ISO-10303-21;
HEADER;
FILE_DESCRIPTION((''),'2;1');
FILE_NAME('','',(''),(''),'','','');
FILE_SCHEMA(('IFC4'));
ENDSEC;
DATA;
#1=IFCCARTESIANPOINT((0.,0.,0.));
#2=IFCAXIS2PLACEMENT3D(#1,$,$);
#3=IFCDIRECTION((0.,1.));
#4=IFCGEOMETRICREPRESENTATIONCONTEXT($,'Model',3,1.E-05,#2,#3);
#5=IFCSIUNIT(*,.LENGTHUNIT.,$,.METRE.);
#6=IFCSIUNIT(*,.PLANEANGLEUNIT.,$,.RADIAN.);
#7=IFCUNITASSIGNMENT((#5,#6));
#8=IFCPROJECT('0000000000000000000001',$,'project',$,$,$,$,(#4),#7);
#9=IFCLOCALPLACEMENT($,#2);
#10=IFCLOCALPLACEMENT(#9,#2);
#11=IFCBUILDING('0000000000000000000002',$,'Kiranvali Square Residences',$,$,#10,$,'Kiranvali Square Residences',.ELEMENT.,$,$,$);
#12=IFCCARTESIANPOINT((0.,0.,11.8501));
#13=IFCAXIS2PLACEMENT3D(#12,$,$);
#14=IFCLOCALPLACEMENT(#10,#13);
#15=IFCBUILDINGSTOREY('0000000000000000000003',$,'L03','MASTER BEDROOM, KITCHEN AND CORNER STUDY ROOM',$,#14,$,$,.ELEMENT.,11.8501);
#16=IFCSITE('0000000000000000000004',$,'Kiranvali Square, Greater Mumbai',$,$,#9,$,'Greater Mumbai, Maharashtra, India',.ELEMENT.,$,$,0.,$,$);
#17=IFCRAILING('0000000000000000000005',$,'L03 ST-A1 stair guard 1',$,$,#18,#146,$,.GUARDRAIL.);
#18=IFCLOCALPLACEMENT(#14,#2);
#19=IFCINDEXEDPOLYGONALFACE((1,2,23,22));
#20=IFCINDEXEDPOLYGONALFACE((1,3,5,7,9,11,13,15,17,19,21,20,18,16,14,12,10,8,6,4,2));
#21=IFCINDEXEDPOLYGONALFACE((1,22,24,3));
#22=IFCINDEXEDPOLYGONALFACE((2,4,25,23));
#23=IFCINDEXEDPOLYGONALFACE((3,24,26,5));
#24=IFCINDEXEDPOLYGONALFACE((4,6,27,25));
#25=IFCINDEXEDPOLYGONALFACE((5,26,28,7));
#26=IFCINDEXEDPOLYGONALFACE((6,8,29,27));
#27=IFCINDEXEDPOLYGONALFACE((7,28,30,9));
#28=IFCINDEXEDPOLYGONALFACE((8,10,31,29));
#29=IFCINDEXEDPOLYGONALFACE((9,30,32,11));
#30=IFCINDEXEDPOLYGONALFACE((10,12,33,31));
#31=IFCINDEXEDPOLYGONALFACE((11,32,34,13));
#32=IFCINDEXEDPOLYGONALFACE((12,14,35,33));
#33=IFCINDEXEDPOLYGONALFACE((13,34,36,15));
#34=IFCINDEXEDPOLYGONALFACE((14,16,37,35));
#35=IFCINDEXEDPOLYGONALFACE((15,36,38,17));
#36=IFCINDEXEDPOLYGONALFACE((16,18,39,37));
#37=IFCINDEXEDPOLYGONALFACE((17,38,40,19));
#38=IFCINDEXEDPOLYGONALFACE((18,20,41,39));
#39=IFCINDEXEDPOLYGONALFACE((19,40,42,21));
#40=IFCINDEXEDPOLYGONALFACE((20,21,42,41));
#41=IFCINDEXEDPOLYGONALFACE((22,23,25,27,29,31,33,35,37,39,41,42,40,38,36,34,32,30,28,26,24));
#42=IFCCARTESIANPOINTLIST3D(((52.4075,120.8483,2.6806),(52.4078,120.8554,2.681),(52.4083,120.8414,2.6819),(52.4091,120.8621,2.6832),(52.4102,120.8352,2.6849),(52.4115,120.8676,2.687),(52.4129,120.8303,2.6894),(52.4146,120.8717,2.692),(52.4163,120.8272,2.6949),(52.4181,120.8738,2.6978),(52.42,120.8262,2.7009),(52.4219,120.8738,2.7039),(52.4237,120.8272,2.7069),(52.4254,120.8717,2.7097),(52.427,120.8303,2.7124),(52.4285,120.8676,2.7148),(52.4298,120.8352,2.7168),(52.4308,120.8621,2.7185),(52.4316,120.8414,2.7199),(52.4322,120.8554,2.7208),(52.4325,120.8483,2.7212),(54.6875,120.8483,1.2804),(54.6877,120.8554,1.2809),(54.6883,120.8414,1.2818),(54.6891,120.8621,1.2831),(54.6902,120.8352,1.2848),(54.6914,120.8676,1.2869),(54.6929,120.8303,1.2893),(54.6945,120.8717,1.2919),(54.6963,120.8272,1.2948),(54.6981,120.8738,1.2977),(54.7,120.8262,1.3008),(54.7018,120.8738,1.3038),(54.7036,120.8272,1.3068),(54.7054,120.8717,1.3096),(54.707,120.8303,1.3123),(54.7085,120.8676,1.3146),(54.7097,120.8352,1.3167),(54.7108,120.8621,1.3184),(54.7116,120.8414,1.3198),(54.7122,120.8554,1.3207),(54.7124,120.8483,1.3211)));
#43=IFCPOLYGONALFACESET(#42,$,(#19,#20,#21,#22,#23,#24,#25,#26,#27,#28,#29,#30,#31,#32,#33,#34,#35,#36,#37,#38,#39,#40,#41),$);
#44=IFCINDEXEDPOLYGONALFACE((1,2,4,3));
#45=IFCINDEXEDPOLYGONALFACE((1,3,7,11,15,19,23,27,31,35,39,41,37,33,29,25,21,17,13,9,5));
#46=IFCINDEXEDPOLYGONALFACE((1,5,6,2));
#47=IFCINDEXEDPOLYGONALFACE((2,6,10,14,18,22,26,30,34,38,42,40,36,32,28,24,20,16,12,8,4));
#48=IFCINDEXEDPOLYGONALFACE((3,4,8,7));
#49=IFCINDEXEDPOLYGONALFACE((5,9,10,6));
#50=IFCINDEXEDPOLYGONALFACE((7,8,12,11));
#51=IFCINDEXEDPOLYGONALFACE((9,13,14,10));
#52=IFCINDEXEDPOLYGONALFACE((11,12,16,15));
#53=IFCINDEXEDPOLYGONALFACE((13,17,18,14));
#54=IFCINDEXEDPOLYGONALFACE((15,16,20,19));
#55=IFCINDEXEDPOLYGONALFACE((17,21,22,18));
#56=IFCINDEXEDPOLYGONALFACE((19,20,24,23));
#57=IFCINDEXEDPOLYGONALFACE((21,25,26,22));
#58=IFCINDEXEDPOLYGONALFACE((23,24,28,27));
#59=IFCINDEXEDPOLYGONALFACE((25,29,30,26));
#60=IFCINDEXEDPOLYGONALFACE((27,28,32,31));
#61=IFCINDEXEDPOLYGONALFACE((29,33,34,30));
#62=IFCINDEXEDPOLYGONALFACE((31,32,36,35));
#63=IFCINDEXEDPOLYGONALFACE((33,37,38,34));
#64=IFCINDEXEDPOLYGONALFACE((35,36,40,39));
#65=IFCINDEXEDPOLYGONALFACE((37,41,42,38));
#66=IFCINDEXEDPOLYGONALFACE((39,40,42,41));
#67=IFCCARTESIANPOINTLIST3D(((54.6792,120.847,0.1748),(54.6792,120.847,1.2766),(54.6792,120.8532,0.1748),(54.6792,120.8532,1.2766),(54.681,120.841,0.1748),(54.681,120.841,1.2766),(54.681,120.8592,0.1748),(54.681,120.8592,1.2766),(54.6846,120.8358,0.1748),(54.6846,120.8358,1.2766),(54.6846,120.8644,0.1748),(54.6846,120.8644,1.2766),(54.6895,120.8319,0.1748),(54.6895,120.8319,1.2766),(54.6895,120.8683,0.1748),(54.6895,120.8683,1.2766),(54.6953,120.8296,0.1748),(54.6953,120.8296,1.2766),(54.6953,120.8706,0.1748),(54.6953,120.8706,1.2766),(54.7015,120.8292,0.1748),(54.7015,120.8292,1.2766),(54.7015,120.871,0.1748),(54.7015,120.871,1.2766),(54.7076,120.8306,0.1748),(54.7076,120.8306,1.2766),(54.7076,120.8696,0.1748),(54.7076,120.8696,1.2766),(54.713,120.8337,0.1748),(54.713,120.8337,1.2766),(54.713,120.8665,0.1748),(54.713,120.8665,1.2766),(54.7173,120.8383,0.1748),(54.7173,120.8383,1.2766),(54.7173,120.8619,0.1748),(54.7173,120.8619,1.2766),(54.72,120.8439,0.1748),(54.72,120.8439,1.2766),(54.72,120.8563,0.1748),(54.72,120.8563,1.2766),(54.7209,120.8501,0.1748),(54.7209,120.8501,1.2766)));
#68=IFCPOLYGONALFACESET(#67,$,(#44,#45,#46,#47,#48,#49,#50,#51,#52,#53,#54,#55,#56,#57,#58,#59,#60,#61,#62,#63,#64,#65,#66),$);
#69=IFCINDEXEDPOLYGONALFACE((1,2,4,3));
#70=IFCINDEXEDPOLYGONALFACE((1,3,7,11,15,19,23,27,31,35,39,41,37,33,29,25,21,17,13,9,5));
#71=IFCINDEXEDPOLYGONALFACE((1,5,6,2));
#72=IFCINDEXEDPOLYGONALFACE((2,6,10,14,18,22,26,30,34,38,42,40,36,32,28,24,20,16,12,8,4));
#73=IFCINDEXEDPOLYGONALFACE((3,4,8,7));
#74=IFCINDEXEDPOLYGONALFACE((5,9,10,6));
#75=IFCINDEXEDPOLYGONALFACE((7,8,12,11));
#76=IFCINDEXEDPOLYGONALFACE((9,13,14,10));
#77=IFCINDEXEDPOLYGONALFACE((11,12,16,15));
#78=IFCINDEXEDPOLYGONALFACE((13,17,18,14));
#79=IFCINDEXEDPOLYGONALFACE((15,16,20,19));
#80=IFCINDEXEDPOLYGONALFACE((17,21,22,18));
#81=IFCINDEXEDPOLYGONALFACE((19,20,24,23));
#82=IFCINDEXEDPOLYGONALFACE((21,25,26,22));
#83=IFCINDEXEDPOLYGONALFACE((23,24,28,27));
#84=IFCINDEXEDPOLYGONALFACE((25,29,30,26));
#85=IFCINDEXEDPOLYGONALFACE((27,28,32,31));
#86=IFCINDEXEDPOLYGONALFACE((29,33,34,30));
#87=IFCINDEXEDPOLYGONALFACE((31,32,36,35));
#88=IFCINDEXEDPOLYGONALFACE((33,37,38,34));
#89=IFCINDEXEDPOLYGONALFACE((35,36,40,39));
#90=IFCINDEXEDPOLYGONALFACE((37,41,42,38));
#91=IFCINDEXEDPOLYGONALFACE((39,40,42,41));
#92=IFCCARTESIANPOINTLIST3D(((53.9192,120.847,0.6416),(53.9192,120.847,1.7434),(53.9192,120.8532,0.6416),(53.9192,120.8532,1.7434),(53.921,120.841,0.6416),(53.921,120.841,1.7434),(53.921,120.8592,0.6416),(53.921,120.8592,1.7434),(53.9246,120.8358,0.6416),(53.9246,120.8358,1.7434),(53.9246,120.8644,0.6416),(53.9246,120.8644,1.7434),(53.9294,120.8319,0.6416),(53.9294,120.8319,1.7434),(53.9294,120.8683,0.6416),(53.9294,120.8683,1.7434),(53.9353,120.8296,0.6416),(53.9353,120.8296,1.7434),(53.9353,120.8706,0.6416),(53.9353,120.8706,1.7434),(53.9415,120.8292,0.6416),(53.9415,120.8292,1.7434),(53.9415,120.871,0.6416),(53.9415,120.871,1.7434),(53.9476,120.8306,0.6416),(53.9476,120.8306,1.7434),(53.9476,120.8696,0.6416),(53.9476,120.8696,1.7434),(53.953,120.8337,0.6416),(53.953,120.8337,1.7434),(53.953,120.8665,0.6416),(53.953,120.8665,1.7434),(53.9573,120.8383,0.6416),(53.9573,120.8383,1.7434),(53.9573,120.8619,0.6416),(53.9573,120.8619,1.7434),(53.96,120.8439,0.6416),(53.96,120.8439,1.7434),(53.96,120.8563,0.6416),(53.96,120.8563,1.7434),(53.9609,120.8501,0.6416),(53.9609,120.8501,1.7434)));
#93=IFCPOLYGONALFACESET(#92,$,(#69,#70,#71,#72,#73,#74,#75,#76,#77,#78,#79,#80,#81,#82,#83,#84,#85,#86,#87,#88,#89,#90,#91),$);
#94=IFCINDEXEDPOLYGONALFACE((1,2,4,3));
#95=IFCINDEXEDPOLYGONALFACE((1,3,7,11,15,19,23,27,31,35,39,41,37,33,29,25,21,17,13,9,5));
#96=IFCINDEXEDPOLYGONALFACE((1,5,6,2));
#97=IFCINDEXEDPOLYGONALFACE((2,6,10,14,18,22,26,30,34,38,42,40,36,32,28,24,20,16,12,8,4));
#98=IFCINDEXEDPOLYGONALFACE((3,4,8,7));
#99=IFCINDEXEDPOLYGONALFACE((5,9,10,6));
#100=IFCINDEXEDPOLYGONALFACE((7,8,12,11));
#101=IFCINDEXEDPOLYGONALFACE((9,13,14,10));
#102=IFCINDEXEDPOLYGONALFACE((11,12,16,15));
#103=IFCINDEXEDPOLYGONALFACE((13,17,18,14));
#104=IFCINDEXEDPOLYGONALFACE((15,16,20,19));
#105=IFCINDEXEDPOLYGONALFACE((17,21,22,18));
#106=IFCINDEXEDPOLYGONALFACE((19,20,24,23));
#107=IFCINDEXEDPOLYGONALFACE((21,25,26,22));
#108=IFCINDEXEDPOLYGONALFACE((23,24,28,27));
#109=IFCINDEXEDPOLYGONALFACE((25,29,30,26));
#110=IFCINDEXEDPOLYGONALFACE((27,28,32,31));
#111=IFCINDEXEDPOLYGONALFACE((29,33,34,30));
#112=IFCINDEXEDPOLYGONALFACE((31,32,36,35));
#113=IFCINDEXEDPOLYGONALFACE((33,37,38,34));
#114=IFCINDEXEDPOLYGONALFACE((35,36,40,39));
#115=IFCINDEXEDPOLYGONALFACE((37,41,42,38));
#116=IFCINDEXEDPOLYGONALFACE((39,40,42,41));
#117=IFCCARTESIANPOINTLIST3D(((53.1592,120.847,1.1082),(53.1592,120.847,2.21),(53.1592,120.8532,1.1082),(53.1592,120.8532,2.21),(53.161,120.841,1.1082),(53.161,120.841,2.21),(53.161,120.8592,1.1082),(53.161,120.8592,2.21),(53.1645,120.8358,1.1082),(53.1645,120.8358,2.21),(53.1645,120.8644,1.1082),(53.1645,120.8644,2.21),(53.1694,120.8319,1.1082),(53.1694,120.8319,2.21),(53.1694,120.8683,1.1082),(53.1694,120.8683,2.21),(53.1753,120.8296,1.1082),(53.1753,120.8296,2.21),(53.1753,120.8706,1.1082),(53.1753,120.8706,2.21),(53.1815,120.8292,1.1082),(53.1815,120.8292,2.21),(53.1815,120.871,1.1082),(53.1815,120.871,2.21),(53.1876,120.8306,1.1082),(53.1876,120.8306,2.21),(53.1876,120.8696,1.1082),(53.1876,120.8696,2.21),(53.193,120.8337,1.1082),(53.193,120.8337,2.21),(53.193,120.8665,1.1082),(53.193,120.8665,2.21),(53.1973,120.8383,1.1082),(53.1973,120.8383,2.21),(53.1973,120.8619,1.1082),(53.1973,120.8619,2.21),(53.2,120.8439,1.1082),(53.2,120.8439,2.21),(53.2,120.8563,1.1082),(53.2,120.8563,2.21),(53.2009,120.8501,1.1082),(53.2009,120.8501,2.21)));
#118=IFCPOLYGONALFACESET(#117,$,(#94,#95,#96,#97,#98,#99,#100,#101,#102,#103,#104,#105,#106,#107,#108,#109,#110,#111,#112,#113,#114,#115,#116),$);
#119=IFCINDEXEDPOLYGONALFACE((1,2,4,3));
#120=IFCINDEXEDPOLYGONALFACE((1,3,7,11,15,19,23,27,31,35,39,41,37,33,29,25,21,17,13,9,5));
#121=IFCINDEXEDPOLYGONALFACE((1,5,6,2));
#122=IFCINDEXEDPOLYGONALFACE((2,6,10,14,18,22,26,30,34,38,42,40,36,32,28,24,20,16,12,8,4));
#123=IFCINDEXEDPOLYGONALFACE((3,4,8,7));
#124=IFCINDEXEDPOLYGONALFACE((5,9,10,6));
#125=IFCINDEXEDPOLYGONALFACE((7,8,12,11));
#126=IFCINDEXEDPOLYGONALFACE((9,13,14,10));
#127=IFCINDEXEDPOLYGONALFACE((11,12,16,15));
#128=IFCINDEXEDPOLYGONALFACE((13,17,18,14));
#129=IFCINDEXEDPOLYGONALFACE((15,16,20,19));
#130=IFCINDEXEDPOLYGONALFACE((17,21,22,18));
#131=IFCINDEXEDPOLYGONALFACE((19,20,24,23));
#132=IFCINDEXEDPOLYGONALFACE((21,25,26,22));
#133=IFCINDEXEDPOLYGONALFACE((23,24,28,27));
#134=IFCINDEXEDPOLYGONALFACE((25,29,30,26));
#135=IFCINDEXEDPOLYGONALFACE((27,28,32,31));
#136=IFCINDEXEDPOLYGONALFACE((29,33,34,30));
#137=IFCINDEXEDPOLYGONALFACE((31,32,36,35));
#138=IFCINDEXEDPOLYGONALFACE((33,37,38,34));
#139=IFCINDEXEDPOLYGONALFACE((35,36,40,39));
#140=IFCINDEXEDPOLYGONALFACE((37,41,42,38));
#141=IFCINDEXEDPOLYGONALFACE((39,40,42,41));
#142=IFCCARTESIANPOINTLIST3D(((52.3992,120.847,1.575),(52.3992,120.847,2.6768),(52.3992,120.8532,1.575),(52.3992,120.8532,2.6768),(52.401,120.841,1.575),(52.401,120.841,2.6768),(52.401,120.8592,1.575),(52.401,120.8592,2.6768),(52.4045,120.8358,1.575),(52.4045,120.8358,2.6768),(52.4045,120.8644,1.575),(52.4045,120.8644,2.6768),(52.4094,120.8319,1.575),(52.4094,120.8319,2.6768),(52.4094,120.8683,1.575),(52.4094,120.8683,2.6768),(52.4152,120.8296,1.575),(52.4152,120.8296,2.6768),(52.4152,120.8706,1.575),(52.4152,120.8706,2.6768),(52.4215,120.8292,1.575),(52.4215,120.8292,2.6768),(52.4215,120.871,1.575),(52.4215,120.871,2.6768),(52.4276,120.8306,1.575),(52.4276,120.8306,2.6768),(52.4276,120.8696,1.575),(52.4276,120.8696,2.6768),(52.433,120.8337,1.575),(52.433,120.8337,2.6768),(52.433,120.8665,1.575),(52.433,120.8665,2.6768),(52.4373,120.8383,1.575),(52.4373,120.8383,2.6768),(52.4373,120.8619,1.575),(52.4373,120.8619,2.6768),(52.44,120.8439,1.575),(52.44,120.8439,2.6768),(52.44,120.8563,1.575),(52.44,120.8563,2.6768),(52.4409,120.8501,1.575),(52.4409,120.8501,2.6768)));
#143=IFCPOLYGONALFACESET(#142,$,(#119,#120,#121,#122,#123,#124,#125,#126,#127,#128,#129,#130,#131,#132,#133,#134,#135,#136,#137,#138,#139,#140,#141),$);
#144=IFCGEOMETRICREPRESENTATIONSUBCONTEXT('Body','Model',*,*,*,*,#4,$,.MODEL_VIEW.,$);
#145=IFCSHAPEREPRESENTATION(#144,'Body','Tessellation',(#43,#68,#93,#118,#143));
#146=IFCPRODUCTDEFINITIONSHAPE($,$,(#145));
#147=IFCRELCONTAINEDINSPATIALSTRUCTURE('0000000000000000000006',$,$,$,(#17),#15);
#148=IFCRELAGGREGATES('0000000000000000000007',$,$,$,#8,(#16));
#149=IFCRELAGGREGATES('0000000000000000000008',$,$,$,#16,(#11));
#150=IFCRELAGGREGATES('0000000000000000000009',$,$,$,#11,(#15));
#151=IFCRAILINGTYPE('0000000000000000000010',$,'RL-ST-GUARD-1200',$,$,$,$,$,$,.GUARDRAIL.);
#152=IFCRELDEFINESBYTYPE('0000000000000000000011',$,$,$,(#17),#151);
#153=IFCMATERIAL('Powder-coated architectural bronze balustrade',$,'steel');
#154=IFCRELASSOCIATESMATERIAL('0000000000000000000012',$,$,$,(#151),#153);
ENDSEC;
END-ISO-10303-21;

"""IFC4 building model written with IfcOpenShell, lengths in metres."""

from ifc_helpers import new_model, si_unit, direction, frame, origin, origin_2d, place, context, subcontext, project, spatial, circle, extrude, material, type_object, element, save


model = new_model("IFC4")

# Units and contexts
model_context = context("Model", 3, precision=1e-05, world=origin(), true_north=direction((0.0, 1.0)))
body_context = subcontext(model_context, "Body", "Model", "MODEL_VIEW")
ifc_project = project(units=[si_unit("LENGTHUNIT", "METRE"), si_unit("PLANEANGLEUNIT", "RADIAN")], contexts=[model_context])

# Site, building, storey
site_placement = place(None, origin())
site = spatial("IfcSite", under=ifc_project, at=site_placement, Name="Kiranvali Square, Greater Mumbai", LongName="Greater Mumbai, Maharashtra, India", CompositionType="ELEMENT", RefElevation=0.0)
building_placement = place(site_placement, origin())
building = spatial("IfcBuilding", under=site, at=building_placement, Name="Kiranvali Square Residences", LongName="Kiranvali Square Residences", CompositionType="ELEMENT")
storey_placement = place(building_placement, frame((0.0, 0.0, 11.8501)))
storey = spatial("IfcBuildingStorey", under=building, at=storey_placement, Name="L03", Description="MASTER BEDROOM, KITCHEN AND CORNER STUDY ROOM", CompositionType="ELEMENT", Elevation=11.8501)

# Railing
ifc_material_1 = material(Name="Powder-coated architectural bronze balustrade", Category="steel")
railing_type_1 = type_object("IfcRailingType", Name="RL-ST-GUARD-1200", PredefinedType="GUARDRAIL", material=ifc_material_1)
railing_1_placement = place(storey_placement, frame((54.7, 120.8501, 0.1748)))
element("IfcRailing", 1, at=railing_1_placement, inside=storey, type_object=railing_type_1, Name="L03 ST-A1 stair guard 1", PredefinedType="GUARDRAIL", context=body_context, shape_type="SweptSolid", body=[
    extrude(circle(Radius=0.0239, at=origin_2d()), frame((0.0, 0.0, 1.126), z_axis=(-0.85215, 0.0, 0.523298), x_axis=(0.0, -1.0, 0.0)), (0.0, 0.0, 1.0), 2.6755),
    extrude(circle(Radius=0.021, at=origin_2d()), origin(), (0.0, 0.0, 1.0), 1.1018),
    extrude(circle(Radius=0.021, at=origin_2d()), frame((-0.76, 0.0, 0.4668)), (0.0, 0.0, 1.0), 1.1018),
    extrude(circle(Radius=0.021, at=origin_2d()), frame((-1.52, 0.0, 0.9333)), (0.0, 0.0, 1.0), 1.1018),
    extrude(circle(Radius=0.021, at=origin_2d()), frame((-2.28, 0.0, 1.4001)), (0.0, 0.0, 1.0), 1.1018),
])

save(model, "model.ifc")
